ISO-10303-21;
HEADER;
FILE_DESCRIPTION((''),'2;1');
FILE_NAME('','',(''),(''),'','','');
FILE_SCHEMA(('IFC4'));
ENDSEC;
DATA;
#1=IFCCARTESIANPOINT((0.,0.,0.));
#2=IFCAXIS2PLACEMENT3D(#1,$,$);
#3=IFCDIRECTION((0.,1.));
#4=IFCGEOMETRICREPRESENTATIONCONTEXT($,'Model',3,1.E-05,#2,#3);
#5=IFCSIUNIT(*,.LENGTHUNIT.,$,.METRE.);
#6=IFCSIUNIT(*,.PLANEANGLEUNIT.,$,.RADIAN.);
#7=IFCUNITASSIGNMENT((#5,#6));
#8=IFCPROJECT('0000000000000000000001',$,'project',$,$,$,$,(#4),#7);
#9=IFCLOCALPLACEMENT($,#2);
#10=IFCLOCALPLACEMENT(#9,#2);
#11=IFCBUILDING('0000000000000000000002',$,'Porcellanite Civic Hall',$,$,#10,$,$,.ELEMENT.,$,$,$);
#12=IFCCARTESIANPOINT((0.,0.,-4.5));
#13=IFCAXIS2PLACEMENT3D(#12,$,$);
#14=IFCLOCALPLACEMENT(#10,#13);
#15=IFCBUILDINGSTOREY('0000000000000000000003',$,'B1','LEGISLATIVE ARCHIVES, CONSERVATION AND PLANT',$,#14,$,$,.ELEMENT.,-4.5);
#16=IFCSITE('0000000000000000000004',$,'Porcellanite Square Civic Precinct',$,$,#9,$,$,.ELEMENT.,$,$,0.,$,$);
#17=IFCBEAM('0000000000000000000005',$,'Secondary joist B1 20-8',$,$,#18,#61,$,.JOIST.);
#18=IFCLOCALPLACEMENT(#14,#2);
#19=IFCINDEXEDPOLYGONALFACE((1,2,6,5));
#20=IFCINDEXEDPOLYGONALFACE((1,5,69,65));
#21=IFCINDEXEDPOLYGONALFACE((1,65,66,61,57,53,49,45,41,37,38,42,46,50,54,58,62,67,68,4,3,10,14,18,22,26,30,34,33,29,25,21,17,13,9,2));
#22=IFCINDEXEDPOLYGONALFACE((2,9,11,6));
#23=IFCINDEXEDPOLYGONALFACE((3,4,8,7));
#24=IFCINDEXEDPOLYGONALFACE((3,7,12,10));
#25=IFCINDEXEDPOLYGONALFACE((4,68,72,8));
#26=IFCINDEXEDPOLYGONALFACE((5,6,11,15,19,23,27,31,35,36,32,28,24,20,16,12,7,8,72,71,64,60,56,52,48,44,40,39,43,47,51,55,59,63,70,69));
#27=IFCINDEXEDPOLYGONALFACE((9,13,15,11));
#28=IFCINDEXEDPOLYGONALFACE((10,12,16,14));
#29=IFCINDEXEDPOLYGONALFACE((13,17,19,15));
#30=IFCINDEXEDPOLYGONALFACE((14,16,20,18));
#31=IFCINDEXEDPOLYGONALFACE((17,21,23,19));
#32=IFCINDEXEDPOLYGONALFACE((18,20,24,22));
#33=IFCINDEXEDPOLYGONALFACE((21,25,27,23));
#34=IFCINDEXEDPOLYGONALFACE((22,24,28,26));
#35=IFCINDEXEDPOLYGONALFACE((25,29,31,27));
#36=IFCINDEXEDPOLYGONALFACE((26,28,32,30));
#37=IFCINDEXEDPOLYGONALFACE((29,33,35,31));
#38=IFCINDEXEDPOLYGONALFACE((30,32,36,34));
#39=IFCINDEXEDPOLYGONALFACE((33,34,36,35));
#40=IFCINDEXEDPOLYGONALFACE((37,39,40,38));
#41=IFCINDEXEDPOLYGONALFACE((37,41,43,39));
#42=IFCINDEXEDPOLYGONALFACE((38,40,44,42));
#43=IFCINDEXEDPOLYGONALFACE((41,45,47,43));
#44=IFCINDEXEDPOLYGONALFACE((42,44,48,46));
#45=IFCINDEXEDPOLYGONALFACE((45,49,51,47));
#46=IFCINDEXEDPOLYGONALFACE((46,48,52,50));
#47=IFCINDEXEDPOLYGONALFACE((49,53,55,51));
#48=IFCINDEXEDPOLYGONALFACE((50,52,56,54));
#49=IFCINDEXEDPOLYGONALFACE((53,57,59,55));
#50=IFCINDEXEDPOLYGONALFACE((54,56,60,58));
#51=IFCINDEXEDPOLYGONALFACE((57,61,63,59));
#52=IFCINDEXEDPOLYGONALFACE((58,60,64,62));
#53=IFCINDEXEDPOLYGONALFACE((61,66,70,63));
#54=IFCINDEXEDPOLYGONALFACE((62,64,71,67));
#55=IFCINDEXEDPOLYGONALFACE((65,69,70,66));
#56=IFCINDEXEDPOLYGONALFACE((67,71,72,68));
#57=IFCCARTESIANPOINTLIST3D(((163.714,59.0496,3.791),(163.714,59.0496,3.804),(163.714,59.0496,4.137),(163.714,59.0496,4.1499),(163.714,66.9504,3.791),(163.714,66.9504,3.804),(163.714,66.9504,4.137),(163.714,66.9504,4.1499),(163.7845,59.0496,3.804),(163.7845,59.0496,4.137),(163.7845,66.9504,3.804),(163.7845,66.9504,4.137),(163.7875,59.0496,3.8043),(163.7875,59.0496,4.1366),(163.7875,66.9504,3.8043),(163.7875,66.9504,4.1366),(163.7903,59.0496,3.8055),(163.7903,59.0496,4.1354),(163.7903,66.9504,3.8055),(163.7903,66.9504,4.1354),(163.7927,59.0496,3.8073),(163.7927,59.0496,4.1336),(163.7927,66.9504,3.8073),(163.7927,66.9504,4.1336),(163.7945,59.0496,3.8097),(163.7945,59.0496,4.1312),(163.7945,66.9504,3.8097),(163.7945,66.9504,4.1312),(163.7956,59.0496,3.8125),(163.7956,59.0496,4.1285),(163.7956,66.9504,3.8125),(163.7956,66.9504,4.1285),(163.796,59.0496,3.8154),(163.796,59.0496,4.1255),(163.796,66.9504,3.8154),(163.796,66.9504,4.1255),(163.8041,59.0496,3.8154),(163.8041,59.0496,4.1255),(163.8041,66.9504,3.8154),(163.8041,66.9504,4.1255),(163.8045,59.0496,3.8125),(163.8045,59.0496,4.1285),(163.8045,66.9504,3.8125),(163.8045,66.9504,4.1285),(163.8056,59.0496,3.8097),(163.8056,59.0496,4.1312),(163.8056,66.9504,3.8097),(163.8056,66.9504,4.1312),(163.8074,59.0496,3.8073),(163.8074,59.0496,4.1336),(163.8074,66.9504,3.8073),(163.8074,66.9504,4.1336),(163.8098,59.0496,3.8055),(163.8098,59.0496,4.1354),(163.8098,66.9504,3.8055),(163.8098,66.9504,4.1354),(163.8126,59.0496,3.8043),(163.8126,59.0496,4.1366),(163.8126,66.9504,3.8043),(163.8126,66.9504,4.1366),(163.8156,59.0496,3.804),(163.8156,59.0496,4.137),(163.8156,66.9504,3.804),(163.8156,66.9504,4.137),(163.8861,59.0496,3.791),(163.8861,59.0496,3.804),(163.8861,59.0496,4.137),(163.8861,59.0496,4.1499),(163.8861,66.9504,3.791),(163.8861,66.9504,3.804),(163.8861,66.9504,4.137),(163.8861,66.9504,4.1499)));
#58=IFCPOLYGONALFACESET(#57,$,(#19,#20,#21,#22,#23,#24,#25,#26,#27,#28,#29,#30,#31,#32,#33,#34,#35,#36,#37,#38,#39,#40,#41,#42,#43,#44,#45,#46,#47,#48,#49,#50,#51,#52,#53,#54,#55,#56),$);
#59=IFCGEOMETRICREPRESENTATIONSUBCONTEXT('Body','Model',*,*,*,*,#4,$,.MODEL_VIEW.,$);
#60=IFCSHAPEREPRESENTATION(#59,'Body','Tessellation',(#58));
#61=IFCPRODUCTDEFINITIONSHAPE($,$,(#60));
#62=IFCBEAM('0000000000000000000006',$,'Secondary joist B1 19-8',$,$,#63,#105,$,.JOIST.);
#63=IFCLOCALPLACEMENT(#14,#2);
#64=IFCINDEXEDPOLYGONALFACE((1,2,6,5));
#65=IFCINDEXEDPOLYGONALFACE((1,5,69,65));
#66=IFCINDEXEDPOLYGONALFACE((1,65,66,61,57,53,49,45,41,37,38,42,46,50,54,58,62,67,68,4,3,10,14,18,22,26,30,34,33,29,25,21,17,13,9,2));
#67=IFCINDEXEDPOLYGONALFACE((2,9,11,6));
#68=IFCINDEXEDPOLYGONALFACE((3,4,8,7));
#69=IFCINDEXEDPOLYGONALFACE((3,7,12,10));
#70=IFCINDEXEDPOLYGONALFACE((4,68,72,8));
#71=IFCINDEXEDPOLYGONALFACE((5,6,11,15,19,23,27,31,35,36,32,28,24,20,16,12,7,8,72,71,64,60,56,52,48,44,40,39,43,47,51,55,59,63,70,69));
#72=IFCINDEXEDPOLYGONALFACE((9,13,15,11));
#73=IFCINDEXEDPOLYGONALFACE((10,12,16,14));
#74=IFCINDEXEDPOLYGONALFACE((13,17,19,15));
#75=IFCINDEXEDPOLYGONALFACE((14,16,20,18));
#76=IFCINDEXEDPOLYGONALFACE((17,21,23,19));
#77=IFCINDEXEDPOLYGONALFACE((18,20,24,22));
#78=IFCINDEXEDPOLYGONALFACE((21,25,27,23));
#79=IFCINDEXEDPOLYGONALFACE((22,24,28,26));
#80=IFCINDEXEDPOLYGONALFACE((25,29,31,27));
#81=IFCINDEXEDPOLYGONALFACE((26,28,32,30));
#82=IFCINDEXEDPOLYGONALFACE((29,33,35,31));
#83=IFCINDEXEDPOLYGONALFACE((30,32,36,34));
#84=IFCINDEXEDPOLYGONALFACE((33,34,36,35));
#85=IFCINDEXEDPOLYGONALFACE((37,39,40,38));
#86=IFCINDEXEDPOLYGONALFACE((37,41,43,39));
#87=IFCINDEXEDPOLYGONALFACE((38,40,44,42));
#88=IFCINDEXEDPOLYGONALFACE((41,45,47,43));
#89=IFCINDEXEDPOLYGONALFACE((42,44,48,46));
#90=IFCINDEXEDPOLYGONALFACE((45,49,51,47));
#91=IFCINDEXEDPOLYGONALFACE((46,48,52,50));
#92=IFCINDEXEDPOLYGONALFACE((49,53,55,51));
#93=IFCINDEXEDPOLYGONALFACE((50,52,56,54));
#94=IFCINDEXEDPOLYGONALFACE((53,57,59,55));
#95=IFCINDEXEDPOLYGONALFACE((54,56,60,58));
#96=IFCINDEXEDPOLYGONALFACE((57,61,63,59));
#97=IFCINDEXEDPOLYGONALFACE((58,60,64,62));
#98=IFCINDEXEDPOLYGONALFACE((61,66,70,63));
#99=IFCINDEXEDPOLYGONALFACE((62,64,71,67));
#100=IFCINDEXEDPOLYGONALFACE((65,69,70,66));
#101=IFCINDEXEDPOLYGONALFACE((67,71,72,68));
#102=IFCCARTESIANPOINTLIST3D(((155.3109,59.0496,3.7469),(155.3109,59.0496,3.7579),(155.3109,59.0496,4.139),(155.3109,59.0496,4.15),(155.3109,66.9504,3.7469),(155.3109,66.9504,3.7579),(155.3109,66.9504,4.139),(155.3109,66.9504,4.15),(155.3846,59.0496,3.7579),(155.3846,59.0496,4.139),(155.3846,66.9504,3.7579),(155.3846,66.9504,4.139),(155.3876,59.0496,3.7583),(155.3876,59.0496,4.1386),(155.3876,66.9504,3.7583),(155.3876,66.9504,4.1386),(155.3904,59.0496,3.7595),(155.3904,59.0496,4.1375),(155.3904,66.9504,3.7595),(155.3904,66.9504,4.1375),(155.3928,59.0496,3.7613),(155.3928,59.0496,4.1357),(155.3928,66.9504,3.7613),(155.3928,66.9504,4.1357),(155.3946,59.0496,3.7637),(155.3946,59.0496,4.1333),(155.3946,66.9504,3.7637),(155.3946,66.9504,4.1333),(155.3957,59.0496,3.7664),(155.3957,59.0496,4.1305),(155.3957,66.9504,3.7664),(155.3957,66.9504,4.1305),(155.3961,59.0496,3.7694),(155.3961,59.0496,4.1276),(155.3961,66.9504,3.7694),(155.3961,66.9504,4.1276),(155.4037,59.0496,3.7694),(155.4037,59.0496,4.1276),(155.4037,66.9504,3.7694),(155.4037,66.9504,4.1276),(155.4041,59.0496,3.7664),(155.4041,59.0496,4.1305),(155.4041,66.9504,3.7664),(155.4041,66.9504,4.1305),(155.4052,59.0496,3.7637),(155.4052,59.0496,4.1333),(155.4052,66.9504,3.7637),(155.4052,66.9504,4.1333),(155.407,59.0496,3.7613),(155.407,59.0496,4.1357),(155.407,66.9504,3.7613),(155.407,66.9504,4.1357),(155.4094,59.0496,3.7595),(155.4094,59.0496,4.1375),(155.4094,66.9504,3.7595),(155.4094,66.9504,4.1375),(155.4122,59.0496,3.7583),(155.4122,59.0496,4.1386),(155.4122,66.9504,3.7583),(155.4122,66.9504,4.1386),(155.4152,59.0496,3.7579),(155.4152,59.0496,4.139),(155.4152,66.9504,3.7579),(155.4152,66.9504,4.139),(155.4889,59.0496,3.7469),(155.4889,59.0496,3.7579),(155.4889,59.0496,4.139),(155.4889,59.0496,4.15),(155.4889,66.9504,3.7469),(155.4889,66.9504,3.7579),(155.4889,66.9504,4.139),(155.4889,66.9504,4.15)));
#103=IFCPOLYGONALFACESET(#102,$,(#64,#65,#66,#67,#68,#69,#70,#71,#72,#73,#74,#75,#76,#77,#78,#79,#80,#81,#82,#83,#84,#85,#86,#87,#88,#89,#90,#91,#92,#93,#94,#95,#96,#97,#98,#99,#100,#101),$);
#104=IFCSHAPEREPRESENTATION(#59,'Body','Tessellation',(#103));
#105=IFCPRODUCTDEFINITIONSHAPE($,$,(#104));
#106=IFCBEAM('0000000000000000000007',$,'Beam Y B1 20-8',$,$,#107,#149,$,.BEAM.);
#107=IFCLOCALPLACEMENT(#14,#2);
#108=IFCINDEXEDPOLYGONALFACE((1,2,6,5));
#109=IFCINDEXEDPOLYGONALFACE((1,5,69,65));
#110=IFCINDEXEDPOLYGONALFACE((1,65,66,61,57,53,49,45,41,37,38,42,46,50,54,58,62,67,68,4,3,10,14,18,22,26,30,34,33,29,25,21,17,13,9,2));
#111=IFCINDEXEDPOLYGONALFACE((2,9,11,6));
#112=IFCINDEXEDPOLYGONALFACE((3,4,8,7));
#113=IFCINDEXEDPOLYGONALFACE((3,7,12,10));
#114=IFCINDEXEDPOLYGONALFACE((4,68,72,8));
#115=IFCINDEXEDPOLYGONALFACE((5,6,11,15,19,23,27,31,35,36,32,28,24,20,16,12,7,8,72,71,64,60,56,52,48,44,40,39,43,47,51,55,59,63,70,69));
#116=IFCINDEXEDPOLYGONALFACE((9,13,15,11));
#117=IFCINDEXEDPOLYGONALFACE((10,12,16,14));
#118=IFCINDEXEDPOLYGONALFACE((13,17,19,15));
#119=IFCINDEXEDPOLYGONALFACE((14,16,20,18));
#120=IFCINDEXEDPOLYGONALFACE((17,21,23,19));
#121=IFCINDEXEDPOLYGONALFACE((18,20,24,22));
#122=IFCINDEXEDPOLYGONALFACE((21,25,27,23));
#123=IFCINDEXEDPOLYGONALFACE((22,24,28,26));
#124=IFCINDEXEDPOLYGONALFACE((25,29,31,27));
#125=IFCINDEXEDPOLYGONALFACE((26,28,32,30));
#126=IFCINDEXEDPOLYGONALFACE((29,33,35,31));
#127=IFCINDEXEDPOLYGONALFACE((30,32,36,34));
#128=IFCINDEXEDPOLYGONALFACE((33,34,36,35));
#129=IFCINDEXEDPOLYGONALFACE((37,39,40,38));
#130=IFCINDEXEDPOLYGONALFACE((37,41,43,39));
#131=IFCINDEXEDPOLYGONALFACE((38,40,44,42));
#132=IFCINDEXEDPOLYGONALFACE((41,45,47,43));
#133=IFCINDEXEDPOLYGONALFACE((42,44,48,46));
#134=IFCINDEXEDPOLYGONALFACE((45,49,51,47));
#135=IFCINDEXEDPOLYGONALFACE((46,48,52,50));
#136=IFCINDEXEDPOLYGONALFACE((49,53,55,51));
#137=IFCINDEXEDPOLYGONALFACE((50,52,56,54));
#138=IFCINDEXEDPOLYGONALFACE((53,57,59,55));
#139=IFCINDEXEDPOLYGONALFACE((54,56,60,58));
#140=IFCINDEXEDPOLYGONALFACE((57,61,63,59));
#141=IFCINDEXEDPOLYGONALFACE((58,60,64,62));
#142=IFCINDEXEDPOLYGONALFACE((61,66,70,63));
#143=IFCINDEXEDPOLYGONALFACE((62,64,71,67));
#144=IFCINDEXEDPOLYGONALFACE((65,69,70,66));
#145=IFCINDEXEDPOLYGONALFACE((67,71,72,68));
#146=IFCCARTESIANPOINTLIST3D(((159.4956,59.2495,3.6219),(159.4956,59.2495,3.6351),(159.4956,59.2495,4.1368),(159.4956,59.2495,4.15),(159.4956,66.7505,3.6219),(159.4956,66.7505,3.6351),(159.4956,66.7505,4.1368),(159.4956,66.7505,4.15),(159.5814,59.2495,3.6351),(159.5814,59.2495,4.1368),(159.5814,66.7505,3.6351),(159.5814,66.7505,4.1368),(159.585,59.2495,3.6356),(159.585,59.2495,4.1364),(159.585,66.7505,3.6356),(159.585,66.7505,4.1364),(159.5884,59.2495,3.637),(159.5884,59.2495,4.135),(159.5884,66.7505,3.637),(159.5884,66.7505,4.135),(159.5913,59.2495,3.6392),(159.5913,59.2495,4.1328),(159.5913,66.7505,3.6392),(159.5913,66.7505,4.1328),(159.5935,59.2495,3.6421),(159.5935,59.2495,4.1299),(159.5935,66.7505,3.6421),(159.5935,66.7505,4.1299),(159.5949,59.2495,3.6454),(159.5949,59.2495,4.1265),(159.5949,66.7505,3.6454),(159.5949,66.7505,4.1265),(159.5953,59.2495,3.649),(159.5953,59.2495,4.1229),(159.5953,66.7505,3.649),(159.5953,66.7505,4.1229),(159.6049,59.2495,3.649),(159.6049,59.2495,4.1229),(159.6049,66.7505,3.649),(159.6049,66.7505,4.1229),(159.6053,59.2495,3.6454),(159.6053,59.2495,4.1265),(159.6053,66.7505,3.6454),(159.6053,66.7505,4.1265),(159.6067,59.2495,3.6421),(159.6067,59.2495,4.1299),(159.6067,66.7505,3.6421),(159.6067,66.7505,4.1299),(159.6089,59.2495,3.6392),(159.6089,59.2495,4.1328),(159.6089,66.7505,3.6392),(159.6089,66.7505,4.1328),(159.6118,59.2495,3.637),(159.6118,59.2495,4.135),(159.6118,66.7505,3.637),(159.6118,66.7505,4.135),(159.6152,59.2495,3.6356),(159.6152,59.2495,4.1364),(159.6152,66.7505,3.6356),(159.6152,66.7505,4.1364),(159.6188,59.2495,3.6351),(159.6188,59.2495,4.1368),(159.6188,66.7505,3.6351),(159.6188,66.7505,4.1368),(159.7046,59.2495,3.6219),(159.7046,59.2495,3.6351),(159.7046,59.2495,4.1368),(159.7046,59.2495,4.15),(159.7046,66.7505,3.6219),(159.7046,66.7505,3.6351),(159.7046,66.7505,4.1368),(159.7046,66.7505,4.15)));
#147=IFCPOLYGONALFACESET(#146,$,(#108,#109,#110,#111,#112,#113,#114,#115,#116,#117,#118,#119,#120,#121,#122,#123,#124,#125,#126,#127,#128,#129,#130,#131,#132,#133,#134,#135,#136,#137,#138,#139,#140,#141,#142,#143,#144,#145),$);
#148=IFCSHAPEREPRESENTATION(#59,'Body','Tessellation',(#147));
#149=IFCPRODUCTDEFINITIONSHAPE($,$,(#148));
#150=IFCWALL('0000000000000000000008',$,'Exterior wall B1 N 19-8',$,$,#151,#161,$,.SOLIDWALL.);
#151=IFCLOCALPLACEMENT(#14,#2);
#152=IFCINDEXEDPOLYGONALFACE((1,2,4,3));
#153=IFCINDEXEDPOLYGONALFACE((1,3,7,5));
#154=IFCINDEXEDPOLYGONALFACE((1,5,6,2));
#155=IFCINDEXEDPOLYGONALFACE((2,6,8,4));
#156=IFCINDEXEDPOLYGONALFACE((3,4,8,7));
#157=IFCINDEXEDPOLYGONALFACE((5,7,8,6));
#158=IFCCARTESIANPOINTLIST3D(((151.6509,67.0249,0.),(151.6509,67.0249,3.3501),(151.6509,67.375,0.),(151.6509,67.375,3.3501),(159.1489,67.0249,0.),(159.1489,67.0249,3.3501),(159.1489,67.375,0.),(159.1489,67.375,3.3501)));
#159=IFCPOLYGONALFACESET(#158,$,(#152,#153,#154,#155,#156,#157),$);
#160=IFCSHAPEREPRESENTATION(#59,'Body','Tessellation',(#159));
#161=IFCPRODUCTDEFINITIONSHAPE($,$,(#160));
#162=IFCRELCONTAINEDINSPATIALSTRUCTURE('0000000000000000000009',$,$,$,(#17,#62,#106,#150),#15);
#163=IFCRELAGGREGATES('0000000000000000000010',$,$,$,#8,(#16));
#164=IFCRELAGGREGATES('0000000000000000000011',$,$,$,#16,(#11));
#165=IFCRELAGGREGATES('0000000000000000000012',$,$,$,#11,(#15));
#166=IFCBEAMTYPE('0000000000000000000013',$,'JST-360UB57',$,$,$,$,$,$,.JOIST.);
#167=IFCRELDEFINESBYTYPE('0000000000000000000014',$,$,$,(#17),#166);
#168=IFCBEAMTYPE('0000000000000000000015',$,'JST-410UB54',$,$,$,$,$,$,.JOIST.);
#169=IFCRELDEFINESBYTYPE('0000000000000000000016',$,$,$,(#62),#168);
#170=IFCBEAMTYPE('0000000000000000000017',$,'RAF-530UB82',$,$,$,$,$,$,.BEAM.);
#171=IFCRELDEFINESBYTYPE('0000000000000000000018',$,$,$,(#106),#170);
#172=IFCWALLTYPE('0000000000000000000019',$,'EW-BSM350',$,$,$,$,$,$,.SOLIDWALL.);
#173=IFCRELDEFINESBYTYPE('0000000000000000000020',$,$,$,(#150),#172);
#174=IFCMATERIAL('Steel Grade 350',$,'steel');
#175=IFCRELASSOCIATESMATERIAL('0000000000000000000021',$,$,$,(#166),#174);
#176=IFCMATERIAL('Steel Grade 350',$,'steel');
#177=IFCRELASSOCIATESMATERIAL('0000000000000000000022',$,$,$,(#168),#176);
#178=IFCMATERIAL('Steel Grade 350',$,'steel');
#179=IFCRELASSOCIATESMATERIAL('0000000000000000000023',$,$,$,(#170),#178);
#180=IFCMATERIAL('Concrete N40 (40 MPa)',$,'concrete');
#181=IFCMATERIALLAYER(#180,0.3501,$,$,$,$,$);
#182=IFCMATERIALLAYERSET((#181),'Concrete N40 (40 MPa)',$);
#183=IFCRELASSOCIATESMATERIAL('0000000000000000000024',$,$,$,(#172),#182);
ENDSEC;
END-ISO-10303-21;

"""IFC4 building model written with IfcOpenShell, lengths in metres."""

from ifc_helpers import new_model, si_unit, direction, frame, frame_2d, origin, origin_2d, place, context, subcontext, project, spatial, rectangle, i_section, extrude, material, layer, layer_set, material_profile, profile_set, type_object, element, save


model = new_model("IFC4")

# Units and contexts
model_context = context("Model", 3, precision=1e-05, world=origin(), true_north=direction((0.0, 1.0)))
body_context = subcontext(model_context, "Body", "Model", "MODEL_VIEW")
ifc_project = project(units=[si_unit("LENGTHUNIT", "METRE"), si_unit("PLANEANGLEUNIT", "RADIAN")], contexts=[model_context])

# Site, building, storey
site_placement = place(None, origin())
site = spatial("IfcSite", under=ifc_project, at=site_placement, Name="Porcellanite Square Civic Precinct", CompositionType="ELEMENT", RefElevation=0.0)
building_placement = place(site_placement, origin())
building = spatial("IfcBuilding", under=site, at=building_placement, Name="Porcellanite Civic Hall", CompositionType="ELEMENT")
storey_placement = place(building_placement, frame((0.0, 0.0, -4.5)))
storey = spatial("IfcBuildingStorey", under=building, at=storey_placement, Name="B1", Description="LEGISLATIVE ARCHIVES, CONSERVATION AND PLANT", CompositionType="ELEMENT", Elevation=-4.5)

# Beams
ifc_material_1 = material(Name="Steel Grade 350", Category="steel")
ifc_material_profile_1 = material_profile(ifc_material_1, i_section(OverallWidth=0.1721, OverallDepth=0.3589, WebThickness=0.0081, FlangeThickness=0.0129, FilletRadius=0.0115, at=origin_2d()), Name="360UB56.7")
ifc_profile_set_1 = profile_set([ifc_material_profile_1], Name="Steel Grade 350")
beam_type_1 = type_object("IfcBeamType", Name="JST-360UB57", PredefinedType="JOIST", material=ifc_profile_set_1)
beam_1_placement = place(storey_placement, frame((163.8, 59.0496, 3.9705), z_axis=(0.0, 1.0, 0.0), x_axis=(-1.0, 0.0, 0.0)))
element("IfcBeam", 1, at=beam_1_placement, inside=storey, type_object=beam_type_1, Name="Secondary joist B1 20-8", PredefinedType="JOIST", context=body_context, shape_type="SweptSolid", body=[
    extrude(i_section(OverallWidth=0.1721, OverallDepth=0.3589, WebThickness=0.0081, FlangeThickness=0.0129, FilletRadius=0.0115, at=origin_2d()), origin(), (0.0, 0.0, 1.0), 7.9009),
])
ifc_material_2 = material(Name="Steel Grade 350", Category="steel")
ifc_material_profile_2 = material_profile(ifc_material_2, i_section(OverallWidth=0.178, OverallDepth=0.4031, WebThickness=0.0076, FlangeThickness=0.011, FilletRadius=0.0115, at=origin_2d()), Name="410UB53.7")
ifc_profile_set_2 = profile_set([ifc_material_profile_2], Name="Steel Grade 350")
beam_type_2 = type_object("IfcBeamType", Name="JST-410UB54", PredefinedType="JOIST", material=ifc_profile_set_2)
beam_2_placement = place(storey_placement, frame((155.3999, 59.0496, 3.9485), z_axis=(0.0, 1.0, 0.0), x_axis=(-1.0, 0.0, 0.0)))
element("IfcBeam", 2, at=beam_2_placement, inside=storey, type_object=beam_type_2, Name="Secondary joist B1 19-8", PredefinedType="JOIST", context=body_context, shape_type="SweptSolid", body=[
    extrude(i_section(OverallWidth=0.178, OverallDepth=0.4031, WebThickness=0.0076, FlangeThickness=0.011, FilletRadius=0.0115, at=origin_2d()), origin(), (0.0, 0.0, 1.0), 7.9009),
])
ifc_material_3 = material(Name="Steel Grade 350", Category="steel")
ifc_material_profile_3 = material_profile(ifc_material_3, i_section(OverallWidth=0.209, OverallDepth=0.5281, WebThickness=0.0095, FlangeThickness=0.0132, FilletRadius=0.0139, at=origin_2d()), Name="530UB82.0")
ifc_profile_set_3 = profile_set([ifc_material_profile_3], Name="Steel Grade 350")
beam_type_3 = type_object("IfcBeamType", Name="RAF-530UB82", PredefinedType="BEAM", material=ifc_profile_set_3)
beam_3_placement = place(storey_placement, frame((159.6001, 59.2495, 3.886), z_axis=(0.0, 1.0, 0.0), x_axis=(-1.0, 0.0, 0.0)))
element("IfcBeam", 3, at=beam_3_placement, inside=storey, type_object=beam_type_3, Name="Beam Y B1 20-8", PredefinedType="BEAM", context=body_context, shape_type="SweptSolid", body=[
    extrude(i_section(OverallWidth=0.209, OverallDepth=0.5281, WebThickness=0.0095, FlangeThickness=0.0132, FilletRadius=0.0139, at=origin_2d()), origin(), (0.0, 0.0, 1.0), 7.501),
])

# Wall
ifc_material_4 = material(Name="Concrete N40 (40 MPa)", Category="concrete")
ifc_layer_1 = layer(ifc_material_4, 0.3501)
ifc_layer_set_1 = layer_set([ifc_layer_1], Name="Concrete N40 (40 MPa)")
wall_type_1 = type_object("IfcWallType", Name="EW-BSM350", PredefinedType="SOLIDWALL", material=ifc_layer_set_1)
wall_1_placement = place(storey_placement, frame((151.6509, 67.2, 0.0), z_axis=(0.0, 0.0, 1.0), x_axis=(1.0, 0.0, 0.0)))
element("IfcWall", 4, at=wall_1_placement, inside=storey, type_object=wall_type_1, Name="Exterior wall B1 N 19-8", PredefinedType="SOLIDWALL", context=body_context, shape_type="SweptSolid", body=[
    extrude(rectangle(XDim=7.498, YDim=0.3501, at=frame_2d((3.749, 0.0))), origin(), (0.0, 0.0, 1.0), 3.3501),
])

save(model, "model.ifc")
